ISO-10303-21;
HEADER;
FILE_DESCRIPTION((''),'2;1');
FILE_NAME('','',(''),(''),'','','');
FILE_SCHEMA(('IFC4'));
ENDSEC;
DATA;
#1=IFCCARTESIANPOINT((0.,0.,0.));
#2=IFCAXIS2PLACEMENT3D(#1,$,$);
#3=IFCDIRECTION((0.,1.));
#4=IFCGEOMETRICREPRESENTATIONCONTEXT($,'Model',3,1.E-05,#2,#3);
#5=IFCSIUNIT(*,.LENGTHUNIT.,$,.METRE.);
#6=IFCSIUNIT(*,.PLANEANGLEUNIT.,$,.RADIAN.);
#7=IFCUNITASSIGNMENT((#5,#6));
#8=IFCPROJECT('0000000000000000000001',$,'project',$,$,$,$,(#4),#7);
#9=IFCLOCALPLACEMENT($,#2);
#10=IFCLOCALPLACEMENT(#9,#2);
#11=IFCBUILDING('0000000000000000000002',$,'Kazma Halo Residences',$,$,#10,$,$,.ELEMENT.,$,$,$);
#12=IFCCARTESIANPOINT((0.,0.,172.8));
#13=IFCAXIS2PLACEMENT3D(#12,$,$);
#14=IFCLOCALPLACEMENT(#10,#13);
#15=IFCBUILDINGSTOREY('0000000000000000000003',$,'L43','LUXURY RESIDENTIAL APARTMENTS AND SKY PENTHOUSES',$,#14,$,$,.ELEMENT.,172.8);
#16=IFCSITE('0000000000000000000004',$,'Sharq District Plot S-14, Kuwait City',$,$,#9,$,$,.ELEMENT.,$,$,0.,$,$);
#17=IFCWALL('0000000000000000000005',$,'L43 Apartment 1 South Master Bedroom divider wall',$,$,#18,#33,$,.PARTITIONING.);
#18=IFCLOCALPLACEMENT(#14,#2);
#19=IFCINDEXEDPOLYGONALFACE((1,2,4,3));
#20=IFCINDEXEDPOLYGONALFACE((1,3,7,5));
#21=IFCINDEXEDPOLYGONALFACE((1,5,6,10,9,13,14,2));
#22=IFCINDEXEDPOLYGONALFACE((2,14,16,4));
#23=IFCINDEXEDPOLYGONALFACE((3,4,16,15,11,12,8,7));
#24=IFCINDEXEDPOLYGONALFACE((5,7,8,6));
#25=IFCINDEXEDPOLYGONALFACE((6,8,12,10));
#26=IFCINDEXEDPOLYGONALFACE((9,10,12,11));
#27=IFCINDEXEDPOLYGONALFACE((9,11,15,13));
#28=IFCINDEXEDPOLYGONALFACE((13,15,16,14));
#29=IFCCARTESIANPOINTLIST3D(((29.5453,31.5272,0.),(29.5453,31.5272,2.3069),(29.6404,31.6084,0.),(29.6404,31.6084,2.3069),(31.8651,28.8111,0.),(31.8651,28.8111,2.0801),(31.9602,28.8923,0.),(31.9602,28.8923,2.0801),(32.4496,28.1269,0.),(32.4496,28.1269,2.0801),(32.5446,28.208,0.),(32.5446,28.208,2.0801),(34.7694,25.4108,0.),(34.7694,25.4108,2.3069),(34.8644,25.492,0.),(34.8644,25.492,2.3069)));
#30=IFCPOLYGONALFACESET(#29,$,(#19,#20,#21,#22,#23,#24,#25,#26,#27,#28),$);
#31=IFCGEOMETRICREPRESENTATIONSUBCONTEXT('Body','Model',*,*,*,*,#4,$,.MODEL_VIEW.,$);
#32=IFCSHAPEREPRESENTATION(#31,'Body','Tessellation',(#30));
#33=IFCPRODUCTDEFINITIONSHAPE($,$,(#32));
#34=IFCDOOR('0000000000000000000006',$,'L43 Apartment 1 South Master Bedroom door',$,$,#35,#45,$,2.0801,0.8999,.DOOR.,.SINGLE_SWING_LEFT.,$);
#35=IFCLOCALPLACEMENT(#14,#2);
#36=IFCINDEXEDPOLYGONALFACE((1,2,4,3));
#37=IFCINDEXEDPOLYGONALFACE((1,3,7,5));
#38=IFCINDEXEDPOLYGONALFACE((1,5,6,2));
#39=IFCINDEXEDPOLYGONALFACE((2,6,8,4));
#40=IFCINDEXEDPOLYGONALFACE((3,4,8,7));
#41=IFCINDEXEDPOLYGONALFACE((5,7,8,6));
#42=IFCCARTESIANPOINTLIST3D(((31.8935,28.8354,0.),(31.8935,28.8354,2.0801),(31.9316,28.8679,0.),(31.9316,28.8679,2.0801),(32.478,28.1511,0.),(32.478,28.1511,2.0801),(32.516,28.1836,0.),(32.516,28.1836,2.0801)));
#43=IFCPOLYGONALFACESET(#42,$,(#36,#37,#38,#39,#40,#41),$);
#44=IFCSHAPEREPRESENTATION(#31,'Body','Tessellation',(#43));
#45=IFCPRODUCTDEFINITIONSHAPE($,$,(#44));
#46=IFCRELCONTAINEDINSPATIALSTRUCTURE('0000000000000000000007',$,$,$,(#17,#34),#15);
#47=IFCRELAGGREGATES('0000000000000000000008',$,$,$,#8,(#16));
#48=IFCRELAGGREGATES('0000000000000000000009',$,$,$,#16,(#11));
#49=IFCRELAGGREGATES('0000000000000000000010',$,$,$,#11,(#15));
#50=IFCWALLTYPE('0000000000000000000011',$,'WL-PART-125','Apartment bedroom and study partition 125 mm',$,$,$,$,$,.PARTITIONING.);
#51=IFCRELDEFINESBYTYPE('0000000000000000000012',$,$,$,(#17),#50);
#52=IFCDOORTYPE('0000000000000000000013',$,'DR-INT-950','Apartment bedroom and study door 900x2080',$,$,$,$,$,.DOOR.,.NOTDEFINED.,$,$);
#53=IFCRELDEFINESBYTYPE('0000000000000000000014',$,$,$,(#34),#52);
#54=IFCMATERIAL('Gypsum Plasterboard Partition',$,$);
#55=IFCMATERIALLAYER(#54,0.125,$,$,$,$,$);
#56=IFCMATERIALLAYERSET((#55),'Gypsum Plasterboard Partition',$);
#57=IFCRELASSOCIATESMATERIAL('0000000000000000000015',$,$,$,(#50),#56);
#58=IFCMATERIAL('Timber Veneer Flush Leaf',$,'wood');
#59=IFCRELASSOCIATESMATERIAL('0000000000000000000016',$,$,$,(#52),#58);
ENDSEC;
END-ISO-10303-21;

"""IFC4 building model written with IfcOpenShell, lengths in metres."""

from ifc_helpers import new_model, si_unit, direction, frame, frame_2d, origin, place, context, subcontext, project, spatial, rectangle, extrude, material, layer, layer_set, type_object, element, fill, save


model = new_model("IFC4")

# Units and contexts
model_context = context("Model", 3, precision=1e-05, world=origin(), true_north=direction((0.0, 1.0)))
body_context = subcontext(model_context, "Body", "Model", "MODEL_VIEW")
ifc_project = project(units=[si_unit("LENGTHUNIT", "METRE"), si_unit("PLANEANGLEUNIT", "RADIAN")], contexts=[model_context])

# Site, building, storey
site_placement = place(None, origin())
site = spatial("IfcSite", under=ifc_project, at=site_placement, Name="Sharq District Plot S-14, Kuwait City", CompositionType="ELEMENT", RefElevation=0.0)
building_placement = place(site_placement, origin())
building = spatial("IfcBuilding", under=site, at=building_placement, Name="Kazma Halo Residences", CompositionType="ELEMENT")
storey_placement = place(building_placement, frame((0.0, 0.0, 172.8)))
storey = spatial("IfcBuildingStorey", under=building, at=storey_placement, Name="L43", Description="LUXURY RESIDENTIAL APARTMENTS AND SKY PENTHOUSES", CompositionType="ELEMENT", Elevation=172.8)

# Shared definitions
ifc_material_1 = material(Name="Gypsum Plasterboard Partition")
ifc_layer_1 = layer(ifc_material_1, 0.125)
ifc_layer_set_1 = layer_set([ifc_layer_1], Name="Gypsum Plasterboard Partition")
wall_type_1 = type_object("IfcWallType", Name="WL-PART-125", Description="Apartment bedroom and study partition 125 mm", PredefinedType="PARTITIONING", material=ifc_layer_set_1)

# Shared definitions
ifc_material_2 = material(Name="Timber Veneer Flush Leaf", Category="wood")
door_type_1 = type_object("IfcDoorType", Name="DR-INT-950", Description="Apartment bedroom and study door 900x2080", OperationType="NOTDEFINED", PredefinedType="DOOR", material=ifc_material_2)

# Wall, opening, door
wall_1_placement = place(storey_placement, frame((29.5928, 31.5679, 0.0), z_axis=(0.0, 0.0, 1.0), x_axis=(0.649461, -0.760395, 0.0)))
wall_1 = element("IfcWall", 1, at=wall_1_placement, inside=storey, type_object=wall_type_1, Name="L43 Apartment 1 South Master Bedroom divider wall", PredefinedType="PARTITIONING", context=body_context, shape_type="SweptSolid", body=[
    extrude(rectangle(XDim=8.0437, YDim=0.125, at=frame_2d((4.022, 0.0))), origin(), (0.0, 0.0, 1.0), 2.3069),
])
opening_1_placement = place(wall_1_placement, frame((3.572, 0.0, 0.0)))
opening_1 = element("IfcOpeningElement", 2, at=opening_1_placement, cuts=wall_1, PredefinedType="OPENING", context=body_context, shape_type="SweptSolid", body=[
    extrude(rectangle(XDim=0.8999, YDim=2.0801, at=frame_2d((0.45, 1.04))), frame((0.0, 0.0725, 0.0), z_axis=(0.0, -1.0, 0.0), x_axis=(1.0, 0.0, 0.0)), (0.0, 0.0, 1.0), 0.145),
])
door_1_placement = place(opening_1_placement, origin())
door_1 = element("IfcDoor", 3, at=door_1_placement, inside=storey, type_object=door_type_1, Name="L43 Apartment 1 South Master Bedroom door", OperationType="SINGLE_SWING_LEFT", OverallHeight=2.0801, OverallWidth=0.8999, PredefinedType="DOOR", context=body_context, shape_type="SweptSolid", body=[
    extrude(rectangle(XDim=0.8999, YDim=2.0801, at=frame_2d((0.45, 1.04))), frame((0.0, 0.0249, 0.0), z_axis=(0.0, -1.0, 0.0), x_axis=(1.0, 0.0, 0.0)), (0.0, 0.0, 1.0), 0.05),
])
fill(opening_1, door_1)

save(model, "model.ifc")
